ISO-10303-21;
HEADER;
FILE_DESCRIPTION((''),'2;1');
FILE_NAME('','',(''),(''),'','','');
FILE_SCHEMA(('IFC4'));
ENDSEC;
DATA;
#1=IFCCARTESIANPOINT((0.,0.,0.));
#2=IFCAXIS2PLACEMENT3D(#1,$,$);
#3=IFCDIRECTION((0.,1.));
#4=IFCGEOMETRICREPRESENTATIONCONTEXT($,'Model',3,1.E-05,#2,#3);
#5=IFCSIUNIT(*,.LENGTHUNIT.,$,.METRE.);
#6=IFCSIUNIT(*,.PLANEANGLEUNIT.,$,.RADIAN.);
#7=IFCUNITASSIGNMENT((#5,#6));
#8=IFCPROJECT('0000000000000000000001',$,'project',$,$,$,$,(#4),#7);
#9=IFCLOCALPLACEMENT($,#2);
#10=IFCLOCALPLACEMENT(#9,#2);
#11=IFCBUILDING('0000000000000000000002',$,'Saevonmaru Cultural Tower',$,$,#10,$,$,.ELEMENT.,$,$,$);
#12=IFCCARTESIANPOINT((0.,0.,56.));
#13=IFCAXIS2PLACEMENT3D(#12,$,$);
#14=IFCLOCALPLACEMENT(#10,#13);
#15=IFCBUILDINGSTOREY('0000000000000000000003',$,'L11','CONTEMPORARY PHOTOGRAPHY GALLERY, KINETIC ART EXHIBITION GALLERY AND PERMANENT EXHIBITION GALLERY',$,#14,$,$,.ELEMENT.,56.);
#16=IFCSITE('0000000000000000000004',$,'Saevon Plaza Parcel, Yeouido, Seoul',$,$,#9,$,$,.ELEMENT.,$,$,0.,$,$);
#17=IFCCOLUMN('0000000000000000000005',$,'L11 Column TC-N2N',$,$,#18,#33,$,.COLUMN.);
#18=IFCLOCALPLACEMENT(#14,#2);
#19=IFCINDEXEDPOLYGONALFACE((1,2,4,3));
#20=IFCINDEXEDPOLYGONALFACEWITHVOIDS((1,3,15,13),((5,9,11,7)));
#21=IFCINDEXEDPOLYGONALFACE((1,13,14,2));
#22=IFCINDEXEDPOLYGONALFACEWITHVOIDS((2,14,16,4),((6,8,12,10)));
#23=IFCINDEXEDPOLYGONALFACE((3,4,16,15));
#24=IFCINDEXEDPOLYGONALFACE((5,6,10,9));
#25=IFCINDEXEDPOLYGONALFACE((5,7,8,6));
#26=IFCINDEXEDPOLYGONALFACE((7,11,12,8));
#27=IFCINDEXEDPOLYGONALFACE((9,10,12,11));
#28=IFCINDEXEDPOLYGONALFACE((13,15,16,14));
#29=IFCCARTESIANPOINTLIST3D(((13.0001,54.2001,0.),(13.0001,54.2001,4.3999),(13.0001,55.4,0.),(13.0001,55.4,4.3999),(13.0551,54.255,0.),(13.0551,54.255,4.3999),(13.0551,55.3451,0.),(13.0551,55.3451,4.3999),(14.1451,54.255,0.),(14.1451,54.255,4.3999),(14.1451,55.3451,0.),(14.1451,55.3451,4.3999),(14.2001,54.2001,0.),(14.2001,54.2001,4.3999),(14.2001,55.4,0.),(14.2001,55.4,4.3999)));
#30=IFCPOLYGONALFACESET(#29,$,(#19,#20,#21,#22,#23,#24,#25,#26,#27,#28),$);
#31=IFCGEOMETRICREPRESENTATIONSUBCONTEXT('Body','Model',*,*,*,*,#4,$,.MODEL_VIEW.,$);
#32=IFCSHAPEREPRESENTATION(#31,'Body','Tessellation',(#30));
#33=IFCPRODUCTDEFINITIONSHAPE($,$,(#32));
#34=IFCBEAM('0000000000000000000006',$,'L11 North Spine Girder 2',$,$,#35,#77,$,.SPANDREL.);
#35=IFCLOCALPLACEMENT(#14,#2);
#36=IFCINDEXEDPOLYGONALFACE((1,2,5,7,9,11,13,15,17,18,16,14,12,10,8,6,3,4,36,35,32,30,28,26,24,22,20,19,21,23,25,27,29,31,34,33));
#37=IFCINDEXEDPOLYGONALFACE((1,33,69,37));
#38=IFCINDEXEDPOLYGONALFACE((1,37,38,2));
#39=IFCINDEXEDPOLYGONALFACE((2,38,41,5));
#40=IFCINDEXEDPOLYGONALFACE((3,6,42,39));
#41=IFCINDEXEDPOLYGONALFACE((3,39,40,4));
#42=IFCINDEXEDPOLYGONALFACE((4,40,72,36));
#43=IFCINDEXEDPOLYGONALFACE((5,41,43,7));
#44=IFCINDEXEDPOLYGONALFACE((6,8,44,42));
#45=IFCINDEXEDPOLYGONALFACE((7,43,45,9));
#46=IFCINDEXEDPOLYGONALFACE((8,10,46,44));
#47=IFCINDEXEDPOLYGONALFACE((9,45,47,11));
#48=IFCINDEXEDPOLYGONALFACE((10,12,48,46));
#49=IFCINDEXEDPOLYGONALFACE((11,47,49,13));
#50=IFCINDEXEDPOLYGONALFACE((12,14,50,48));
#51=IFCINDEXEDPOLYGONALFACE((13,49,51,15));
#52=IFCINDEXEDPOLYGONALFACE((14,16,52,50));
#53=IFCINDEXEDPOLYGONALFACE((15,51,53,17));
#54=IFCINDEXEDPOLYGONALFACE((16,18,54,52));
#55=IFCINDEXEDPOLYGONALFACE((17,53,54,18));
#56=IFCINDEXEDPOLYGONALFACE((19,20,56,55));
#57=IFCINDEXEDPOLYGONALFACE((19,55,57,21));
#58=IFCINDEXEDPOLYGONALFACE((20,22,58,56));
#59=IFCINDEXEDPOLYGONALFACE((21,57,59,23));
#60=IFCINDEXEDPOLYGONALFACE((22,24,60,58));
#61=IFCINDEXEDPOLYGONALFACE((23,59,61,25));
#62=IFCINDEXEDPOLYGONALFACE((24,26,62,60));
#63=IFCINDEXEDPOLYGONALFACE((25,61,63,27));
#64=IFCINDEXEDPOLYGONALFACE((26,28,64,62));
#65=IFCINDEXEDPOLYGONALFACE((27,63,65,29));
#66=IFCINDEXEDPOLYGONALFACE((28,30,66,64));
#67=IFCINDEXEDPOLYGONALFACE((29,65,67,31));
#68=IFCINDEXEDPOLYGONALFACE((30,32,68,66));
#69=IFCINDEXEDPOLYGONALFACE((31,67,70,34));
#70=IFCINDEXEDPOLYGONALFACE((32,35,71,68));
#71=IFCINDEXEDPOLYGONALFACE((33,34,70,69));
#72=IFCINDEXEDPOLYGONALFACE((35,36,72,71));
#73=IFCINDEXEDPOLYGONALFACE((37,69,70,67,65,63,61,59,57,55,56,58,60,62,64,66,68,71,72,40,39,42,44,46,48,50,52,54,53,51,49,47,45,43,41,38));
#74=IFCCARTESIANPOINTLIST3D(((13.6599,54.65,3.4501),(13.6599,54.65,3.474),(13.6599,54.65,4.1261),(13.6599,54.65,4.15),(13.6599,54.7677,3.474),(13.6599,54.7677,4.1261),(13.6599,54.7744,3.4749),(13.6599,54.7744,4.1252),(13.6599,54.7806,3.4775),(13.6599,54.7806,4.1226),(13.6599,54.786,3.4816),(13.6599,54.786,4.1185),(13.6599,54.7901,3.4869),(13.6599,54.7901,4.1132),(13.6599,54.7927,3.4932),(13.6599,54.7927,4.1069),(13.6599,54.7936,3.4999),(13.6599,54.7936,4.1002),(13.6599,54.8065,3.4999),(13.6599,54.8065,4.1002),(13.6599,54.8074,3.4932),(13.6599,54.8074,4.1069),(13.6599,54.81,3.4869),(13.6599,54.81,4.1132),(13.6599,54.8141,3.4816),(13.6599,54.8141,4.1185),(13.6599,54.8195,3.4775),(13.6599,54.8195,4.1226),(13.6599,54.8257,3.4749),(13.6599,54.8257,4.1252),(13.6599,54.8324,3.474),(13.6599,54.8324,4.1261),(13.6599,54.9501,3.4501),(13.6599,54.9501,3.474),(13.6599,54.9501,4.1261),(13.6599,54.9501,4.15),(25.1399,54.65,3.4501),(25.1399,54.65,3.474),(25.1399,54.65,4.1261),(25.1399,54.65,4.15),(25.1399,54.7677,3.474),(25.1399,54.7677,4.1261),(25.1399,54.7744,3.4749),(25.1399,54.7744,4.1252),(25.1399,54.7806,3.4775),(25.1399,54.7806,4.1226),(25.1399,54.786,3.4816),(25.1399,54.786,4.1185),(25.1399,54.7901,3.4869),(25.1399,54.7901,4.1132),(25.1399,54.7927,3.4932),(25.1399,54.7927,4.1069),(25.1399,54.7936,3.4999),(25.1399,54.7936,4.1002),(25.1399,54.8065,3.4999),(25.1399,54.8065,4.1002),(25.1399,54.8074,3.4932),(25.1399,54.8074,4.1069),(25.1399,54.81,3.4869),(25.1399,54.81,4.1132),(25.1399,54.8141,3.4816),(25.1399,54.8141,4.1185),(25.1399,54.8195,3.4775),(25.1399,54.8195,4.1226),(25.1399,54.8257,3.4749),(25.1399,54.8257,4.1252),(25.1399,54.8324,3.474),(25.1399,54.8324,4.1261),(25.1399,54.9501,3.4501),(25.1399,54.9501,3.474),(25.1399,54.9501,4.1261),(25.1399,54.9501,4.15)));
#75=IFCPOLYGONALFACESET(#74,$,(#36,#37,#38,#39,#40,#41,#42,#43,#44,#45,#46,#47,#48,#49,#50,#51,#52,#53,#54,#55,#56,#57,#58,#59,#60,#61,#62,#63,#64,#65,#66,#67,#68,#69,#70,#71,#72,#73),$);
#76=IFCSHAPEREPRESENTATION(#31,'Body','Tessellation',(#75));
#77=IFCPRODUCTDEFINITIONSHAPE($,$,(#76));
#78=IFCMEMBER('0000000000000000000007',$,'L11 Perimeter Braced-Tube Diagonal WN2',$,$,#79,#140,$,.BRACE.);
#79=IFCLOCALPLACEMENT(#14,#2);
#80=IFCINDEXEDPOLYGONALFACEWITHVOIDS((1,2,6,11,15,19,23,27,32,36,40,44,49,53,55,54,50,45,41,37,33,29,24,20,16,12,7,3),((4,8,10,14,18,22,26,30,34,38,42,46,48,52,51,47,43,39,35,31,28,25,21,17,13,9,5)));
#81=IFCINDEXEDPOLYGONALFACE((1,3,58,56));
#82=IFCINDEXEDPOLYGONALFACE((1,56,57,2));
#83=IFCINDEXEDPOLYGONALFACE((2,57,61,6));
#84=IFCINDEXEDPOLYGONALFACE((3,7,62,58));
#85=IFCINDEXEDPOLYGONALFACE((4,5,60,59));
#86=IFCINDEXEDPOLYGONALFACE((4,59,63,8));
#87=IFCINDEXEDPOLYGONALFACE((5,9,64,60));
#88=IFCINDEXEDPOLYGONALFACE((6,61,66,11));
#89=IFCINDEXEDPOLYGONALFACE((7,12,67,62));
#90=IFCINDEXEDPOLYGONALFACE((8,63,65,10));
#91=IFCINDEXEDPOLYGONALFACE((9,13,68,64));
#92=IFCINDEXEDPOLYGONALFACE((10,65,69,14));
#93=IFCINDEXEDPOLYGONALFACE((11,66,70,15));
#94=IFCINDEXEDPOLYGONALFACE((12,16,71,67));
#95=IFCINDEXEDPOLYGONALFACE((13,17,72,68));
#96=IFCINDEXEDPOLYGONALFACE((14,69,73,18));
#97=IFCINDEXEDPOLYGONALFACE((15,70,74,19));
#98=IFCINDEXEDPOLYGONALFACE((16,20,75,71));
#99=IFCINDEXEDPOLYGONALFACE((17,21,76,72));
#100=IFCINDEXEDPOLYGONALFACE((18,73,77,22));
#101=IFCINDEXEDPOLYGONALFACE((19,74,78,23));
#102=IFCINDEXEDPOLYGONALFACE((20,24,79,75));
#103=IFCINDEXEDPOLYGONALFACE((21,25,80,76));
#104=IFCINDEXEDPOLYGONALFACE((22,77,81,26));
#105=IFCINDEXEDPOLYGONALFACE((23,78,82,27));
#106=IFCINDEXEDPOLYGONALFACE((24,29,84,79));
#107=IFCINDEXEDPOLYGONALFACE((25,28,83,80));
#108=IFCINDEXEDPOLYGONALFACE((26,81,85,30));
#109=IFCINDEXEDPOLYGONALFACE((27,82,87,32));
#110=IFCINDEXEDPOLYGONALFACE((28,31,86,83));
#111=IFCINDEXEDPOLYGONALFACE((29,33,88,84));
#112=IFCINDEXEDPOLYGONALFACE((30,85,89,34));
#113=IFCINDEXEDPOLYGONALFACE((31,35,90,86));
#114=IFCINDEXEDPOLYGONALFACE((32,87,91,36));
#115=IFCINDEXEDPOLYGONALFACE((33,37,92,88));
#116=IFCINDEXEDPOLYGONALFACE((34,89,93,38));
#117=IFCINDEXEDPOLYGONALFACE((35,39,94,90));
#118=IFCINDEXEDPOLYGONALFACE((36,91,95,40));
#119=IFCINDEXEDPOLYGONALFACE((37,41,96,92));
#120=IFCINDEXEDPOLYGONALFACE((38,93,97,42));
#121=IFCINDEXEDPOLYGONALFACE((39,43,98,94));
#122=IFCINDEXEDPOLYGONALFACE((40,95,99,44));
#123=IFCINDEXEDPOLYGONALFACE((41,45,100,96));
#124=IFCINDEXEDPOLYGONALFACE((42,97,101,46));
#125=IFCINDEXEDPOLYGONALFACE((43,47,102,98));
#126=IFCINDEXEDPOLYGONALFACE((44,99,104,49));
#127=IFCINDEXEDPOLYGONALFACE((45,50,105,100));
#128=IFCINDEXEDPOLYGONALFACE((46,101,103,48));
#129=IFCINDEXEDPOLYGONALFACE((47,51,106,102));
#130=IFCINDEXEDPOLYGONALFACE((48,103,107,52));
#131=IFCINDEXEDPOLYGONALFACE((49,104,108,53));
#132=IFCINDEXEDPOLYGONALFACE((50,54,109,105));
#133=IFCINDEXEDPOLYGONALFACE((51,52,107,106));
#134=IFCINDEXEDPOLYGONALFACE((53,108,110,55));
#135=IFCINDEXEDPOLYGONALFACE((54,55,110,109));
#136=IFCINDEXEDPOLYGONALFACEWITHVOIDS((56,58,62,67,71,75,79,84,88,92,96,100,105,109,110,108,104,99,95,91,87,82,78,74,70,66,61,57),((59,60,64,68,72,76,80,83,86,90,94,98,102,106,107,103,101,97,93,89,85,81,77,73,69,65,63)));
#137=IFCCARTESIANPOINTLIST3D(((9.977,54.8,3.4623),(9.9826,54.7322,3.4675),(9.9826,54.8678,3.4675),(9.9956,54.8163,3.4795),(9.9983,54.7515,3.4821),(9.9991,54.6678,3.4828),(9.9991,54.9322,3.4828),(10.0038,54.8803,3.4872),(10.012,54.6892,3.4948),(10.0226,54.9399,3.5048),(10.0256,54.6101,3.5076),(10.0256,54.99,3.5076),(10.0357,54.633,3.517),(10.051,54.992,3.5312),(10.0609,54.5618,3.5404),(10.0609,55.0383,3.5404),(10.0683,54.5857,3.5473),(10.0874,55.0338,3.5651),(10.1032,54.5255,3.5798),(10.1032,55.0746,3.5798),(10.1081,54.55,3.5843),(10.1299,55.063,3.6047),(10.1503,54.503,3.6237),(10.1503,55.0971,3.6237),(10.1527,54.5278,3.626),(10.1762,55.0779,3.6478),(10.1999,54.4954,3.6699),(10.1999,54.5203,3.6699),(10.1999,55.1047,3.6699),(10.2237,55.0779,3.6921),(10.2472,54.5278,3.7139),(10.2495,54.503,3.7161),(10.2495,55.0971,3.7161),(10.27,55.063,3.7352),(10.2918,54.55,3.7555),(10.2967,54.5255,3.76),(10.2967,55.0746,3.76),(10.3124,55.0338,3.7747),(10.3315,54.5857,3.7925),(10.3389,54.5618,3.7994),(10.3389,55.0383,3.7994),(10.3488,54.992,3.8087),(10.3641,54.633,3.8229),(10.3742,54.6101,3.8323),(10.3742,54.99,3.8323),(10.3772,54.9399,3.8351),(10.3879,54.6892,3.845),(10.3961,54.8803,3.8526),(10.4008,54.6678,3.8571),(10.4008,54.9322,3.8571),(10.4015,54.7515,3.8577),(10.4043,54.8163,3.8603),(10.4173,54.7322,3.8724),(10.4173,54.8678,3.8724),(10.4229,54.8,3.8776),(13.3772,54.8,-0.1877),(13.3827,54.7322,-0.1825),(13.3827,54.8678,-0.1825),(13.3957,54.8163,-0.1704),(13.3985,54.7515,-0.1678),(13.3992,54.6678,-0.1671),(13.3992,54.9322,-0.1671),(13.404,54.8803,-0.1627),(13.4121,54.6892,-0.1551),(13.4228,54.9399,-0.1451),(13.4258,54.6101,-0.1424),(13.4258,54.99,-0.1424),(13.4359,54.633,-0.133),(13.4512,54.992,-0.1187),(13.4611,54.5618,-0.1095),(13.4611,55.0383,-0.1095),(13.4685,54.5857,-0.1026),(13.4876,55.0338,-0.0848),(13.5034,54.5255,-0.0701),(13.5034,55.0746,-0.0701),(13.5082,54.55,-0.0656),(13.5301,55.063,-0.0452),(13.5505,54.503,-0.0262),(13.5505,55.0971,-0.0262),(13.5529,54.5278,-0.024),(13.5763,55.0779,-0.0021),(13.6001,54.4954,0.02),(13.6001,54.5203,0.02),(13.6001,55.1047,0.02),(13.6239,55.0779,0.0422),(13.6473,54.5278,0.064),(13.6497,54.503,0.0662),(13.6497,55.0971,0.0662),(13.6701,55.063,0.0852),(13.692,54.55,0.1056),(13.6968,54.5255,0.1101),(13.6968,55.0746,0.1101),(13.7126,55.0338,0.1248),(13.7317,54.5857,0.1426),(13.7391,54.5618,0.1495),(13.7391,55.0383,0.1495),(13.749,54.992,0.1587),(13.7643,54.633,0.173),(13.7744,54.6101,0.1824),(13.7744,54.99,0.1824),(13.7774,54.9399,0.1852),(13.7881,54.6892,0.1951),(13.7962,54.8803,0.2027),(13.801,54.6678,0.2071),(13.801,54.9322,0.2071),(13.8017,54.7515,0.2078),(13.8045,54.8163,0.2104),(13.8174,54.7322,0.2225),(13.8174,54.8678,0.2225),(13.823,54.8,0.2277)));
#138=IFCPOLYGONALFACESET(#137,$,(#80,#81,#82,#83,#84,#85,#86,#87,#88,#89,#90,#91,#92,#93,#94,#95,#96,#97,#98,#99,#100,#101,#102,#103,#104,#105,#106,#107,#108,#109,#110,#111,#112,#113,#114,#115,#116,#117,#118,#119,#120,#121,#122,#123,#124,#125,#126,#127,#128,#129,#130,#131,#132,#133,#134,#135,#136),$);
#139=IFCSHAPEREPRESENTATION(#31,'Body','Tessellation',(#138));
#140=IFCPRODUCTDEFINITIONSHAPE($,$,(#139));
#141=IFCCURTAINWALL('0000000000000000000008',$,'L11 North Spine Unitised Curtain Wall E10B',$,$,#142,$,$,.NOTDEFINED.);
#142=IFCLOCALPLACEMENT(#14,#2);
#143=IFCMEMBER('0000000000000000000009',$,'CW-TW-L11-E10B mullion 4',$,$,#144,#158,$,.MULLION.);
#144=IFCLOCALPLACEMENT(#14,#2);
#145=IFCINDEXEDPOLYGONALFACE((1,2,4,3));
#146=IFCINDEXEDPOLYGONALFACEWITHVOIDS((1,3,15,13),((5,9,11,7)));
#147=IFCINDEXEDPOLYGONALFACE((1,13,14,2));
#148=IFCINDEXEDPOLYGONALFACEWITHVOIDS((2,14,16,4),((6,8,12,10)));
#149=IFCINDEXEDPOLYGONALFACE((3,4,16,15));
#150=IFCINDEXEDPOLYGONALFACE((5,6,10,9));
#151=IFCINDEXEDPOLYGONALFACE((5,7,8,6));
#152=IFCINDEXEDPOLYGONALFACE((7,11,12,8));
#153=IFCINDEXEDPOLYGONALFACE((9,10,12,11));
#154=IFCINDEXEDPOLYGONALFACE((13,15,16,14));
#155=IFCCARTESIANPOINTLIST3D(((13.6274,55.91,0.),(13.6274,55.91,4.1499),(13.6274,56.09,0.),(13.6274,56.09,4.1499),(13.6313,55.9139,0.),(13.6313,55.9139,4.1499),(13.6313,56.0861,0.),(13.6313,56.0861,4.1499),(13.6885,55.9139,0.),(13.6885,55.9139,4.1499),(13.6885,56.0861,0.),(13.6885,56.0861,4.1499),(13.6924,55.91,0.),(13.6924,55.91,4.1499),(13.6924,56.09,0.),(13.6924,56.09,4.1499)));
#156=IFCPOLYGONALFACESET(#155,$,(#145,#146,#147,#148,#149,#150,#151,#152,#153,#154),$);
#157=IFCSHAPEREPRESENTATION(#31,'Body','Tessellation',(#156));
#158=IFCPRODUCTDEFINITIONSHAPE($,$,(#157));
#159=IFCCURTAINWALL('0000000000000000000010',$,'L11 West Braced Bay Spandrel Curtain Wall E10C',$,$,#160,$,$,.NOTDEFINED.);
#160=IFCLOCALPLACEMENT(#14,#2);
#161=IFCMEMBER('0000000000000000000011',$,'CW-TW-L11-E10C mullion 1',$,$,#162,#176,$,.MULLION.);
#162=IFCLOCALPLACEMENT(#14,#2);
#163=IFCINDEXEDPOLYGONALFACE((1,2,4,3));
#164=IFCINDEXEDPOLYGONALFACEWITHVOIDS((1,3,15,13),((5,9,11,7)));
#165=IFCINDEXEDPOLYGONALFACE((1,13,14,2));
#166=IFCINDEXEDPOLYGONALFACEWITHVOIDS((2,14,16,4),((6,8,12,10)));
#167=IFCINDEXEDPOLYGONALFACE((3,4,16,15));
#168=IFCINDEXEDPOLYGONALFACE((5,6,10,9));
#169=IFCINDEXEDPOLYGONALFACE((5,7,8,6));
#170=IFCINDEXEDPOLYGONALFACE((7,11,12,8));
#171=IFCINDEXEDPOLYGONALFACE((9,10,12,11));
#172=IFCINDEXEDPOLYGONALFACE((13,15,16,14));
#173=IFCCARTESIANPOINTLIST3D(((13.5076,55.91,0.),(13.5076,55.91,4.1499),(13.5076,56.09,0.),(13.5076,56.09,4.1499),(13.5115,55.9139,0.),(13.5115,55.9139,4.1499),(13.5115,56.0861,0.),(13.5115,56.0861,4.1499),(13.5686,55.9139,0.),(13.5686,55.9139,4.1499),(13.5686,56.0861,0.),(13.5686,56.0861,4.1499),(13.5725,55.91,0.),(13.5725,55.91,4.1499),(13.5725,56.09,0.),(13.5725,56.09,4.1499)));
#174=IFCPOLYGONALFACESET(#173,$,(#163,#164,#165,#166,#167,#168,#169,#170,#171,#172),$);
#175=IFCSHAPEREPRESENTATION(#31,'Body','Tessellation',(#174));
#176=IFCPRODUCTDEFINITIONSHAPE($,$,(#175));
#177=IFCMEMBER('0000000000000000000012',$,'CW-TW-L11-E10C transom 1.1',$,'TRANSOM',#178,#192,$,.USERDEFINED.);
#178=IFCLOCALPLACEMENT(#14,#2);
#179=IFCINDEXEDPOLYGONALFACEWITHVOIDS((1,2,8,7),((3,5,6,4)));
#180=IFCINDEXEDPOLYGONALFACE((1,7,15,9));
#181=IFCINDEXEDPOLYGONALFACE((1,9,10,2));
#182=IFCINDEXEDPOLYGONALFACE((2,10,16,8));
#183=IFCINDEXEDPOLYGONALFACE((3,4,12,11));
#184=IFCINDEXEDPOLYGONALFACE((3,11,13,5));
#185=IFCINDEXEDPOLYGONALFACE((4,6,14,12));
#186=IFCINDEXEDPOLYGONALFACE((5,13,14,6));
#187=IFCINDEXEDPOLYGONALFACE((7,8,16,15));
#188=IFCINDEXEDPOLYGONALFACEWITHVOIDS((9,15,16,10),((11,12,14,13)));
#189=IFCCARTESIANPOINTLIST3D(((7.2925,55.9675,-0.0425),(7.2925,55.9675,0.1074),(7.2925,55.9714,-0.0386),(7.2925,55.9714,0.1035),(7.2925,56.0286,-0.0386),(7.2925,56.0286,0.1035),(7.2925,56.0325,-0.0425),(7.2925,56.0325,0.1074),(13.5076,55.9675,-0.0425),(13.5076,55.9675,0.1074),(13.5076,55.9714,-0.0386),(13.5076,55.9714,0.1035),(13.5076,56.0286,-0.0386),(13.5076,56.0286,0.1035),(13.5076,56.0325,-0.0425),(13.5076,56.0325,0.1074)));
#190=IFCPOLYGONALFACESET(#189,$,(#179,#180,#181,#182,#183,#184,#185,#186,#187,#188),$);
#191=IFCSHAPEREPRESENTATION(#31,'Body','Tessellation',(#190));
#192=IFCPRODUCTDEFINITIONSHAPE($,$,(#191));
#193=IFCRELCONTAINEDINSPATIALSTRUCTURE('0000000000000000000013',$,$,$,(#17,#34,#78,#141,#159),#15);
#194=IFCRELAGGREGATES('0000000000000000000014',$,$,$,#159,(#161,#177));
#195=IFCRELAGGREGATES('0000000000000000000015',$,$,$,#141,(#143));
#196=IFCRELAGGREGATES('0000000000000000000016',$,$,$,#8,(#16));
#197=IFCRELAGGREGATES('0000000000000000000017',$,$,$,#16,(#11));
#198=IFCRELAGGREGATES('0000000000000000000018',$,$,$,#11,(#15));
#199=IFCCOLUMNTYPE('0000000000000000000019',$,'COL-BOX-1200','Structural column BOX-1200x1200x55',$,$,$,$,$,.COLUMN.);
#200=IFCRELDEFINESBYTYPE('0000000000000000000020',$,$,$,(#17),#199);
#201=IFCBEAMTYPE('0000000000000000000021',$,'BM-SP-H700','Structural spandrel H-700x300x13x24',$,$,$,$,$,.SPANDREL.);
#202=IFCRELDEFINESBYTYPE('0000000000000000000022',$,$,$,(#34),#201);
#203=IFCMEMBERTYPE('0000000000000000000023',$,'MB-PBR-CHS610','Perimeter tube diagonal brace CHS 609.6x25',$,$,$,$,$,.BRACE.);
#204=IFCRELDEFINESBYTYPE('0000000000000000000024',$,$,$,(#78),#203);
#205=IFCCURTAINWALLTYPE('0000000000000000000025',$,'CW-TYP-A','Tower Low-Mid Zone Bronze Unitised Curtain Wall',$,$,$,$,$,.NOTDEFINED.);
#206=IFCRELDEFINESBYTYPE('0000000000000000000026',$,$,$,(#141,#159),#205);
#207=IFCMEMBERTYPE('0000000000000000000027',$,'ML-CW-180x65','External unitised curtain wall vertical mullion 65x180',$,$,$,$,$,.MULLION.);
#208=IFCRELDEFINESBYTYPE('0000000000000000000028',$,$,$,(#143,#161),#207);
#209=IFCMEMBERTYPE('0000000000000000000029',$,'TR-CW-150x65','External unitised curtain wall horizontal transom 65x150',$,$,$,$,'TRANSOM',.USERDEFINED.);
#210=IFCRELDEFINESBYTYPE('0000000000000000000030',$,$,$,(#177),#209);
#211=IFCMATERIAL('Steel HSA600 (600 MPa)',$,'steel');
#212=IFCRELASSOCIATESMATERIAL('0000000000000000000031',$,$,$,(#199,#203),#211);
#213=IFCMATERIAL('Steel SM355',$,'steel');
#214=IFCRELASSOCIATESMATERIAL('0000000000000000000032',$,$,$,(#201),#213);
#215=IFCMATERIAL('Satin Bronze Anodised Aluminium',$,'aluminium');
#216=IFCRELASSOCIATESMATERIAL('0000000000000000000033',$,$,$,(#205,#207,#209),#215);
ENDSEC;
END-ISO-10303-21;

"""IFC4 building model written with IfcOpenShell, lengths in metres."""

from ifc_helpers import new_model, si_unit, direction, frame, origin, origin_2d, place, context, subcontext, project, spatial, hollow_rectangle, hollow_circle, i_section, extrude, material, material_profile, profile_set, type_object, element, aggregate, save


model = new_model("IFC4")

# Units and contexts
model_context = context("Model", 3, precision=1e-05, world=origin(), true_north=direction((0.0, 1.0)))
body_context = subcontext(model_context, "Body", "Model", "MODEL_VIEW")
ifc_project = project(units=[si_unit("LENGTHUNIT", "METRE"), si_unit("PLANEANGLEUNIT", "RADIAN")], contexts=[model_context])

# Site, building, storey
site_placement = place(None, origin())
site = spatial("IfcSite", under=ifc_project, at=site_placement, Name="Saevon Plaza Parcel, Yeouido, Seoul", CompositionType="ELEMENT", RefElevation=0.0)
building_placement = place(site_placement, origin())
building = spatial("IfcBuilding", under=site, at=building_placement, Name="Saevonmaru Cultural Tower", CompositionType="ELEMENT")
storey_placement = place(building_placement, frame((0.0, 0.0, 56.0)))
storey = spatial("IfcBuildingStorey", under=building, at=storey_placement, Name="L11", Description="CONTEMPORARY PHOTOGRAPHY GALLERY, KINETIC ART EXHIBITION GALLERY AND PERMANENT EXHIBITION GALLERY", CompositionType="ELEMENT", Elevation=56.0)

# Column
ifc_material_1 = material(Name="Steel HSA600 (600 MPa)", Category="steel")
ifc_material_profile_1 = material_profile(ifc_material_1, hollow_rectangle(XDim=1.2, YDim=1.2, WallThickness=0.0549, at=origin_2d()), Name="BOX-1200x1200x55")
ifc_profile_set_1 = profile_set([ifc_material_profile_1], Name="Steel HSA600 (600 MPa)")
column_type = type_object("IfcColumnType", Name="COL-BOX-1200", Description="Structural column BOX-1200x1200x55", PredefinedType="COLUMN", material=ifc_profile_set_1)
column_placement = place(storey_placement, frame((13.6001, 54.8, 0.0), z_axis=(0.0, 0.0, 1.0), x_axis=(1.0, 0.0, 0.0)))
element("IfcColumn", 1, at=column_placement, inside=storey, type_object=column_type, Name="L11 Column TC-N2N", PredefinedType="COLUMN", context=body_context, shape_type="SweptSolid", body=[
    extrude(hollow_rectangle(XDim=1.2, YDim=1.2, WallThickness=0.0549, at=origin_2d()), origin(), (0.0, 0.0, 1.0), 4.3999),
])

# Beam
ifc_material_2 = material(Name="Steel SM355", Category="steel")
ifc_material_profile_2 = material_profile(ifc_material_2, i_section(OverallWidth=0.3, OverallDepth=0.7, WebThickness=0.0129, FlangeThickness=0.0239, FilletRadius=0.0259, at=origin_2d()), Name="H-700x300x13x24")
ifc_profile_set_2 = profile_set([ifc_material_profile_2], Name="Steel SM355")
beam_type = type_object("IfcBeamType", Name="BM-SP-H700", Description="Structural spandrel H-700x300x13x24", PredefinedType="SPANDREL", material=ifc_profile_set_2)
beam_placement = place(storey_placement, frame((13.6599, 54.8, 3.8), z_axis=(1.0, 0.0, 0.0), x_axis=(0.0, 1.0, 0.0)))
element("IfcBeam", 2, at=beam_placement, inside=storey, type_object=beam_type, Name="L11 North Spine Girder 2", PredefinedType="SPANDREL", context=body_context, shape_type="SweptSolid", body=[
    extrude(i_section(OverallWidth=0.3, OverallDepth=0.7, WebThickness=0.0129, FlangeThickness=0.0239, FilletRadius=0.0259, at=origin_2d()), origin(), (0.0, 0.0, 1.0), 11.48),
])

# Member
ifc_material_profile_3 = material_profile(ifc_material_1, hollow_circle(Radius=0.3047, WallThickness=0.0249, at=origin_2d()), Name="CHS-609.6x25")
ifc_profile_set_3 = profile_set([ifc_material_profile_3], Name="Steel HSA600 (600 MPa)")
member_type_1 = type_object("IfcMemberType", Name="MB-PBR-CHS610", Description="Perimeter tube diagonal brace CHS 609.6x25", PredefinedType="BRACE", material=ifc_profile_set_3)
member_1_placement = place(storey_placement, frame((13.6001, 54.8, 0.02), z_axis=(-0.681629, 0.0, 0.731698), x_axis=(0.0, -1.0, 0.0)))
element("IfcMember", 3, at=member_1_placement, inside=storey, type_object=member_type_1, Name="L11 Perimeter Braced-Tube Diagonal WN2", PredefinedType="BRACE", context=body_context, shape_type="SweptSolid", body=[
    extrude(hollow_circle(Radius=0.3047, WallThickness=0.0249, at=origin_2d()), origin(), (0.0, 0.0, 1.0), 4.9883),
])

# Curtain wall, member
ifc_material_3 = material(Name="Satin Bronze Anodised Aluminium", Category="aluminium")
curtain_wall_type = type_object("IfcCurtainWallType", Name="CW-TYP-A", Description="Tower Low-Mid Zone Bronze Unitised Curtain Wall", PredefinedType="NOTDEFINED", material=ifc_material_3)
curtain_wall_1_placement = place(storey_placement, origin())
curtain_wall_1 = element("IfcCurtainWall", 4, at=curtain_wall_1_placement, inside=storey, type_object=curtain_wall_type, Name="L11 North Spine Unitised Curtain Wall E10B", PredefinedType="NOTDEFINED")
ifc_material_profile_4 = material_profile(ifc_material_3, hollow_rectangle(XDim=0.0649, YDim=0.1799, WallThickness=0.0039, at=origin_2d()), Name="ALU-MULL-180x65x4")
ifc_profile_set_4 = profile_set([ifc_material_profile_4], Name="Satin Bronze Anodised Aluminium")
member_type_2 = type_object("IfcMemberType", Name="ML-CW-180x65", Description="External unitised curtain wall vertical mullion 65x180", PredefinedType="MULLION", material=ifc_profile_set_4)
member_2_placement = place(storey_placement, frame((13.6599, 56.0, 0.0), z_axis=(0.0, 0.0, 1.0), x_axis=(-1.0, 0.0, 0.0)))
member_2 = element("IfcMember", 5, at=member_2_placement, type_object=member_type_2, Name="CW-TW-L11-E10B mullion 4", PredefinedType="MULLION", context=body_context, shape_type="SweptSolid", body=[
    extrude(hollow_rectangle(XDim=0.0649, YDim=0.1799, WallThickness=0.0039, at=origin_2d()), origin(), (0.0, 0.0, 1.0), 4.1499),
])

# Curtain wall, members
curtain_wall_2_placement = place(storey_placement, origin())
curtain_wall_2 = element("IfcCurtainWall", 6, at=curtain_wall_2_placement, inside=storey, type_object=curtain_wall_type, Name="L11 West Braced Bay Spandrel Curtain Wall E10C", PredefinedType="NOTDEFINED")
member_3_placement = place(storey_placement, frame((13.54, 56.0, 0.0), z_axis=(0.0, 0.0, 1.0), x_axis=(-1.0, 0.0, 0.0)))
member_3 = element("IfcMember", 7, at=member_3_placement, type_object=member_type_2, Name="CW-TW-L11-E10C mullion 1", PredefinedType="MULLION", context=body_context, shape_type="SweptSolid", body=[
    extrude(hollow_rectangle(XDim=0.0649, YDim=0.1799, WallThickness=0.0039, at=origin_2d()), origin(), (0.0, 0.0, 1.0), 4.1499),
])
ifc_material_profile_5 = material_profile(ifc_material_3, hollow_rectangle(XDim=0.0649, YDim=0.1499, WallThickness=0.0039, at=origin_2d()), Name="ALU-TRAN-150x65x4")
ifc_profile_set_5 = profile_set([ifc_material_profile_5], Name="Satin Bronze Anodised Aluminium")
member_type_3 = type_object("IfcMemberType", Name="TR-CW-150x65", Description="External unitised curtain wall horizontal transom 65x150", ElementType="TRANSOM", PredefinedType="USERDEFINED", material=ifc_profile_set_5)
member_4_placement = place(storey_placement, frame((13.5076, 56.0, 0.0325), z_axis=(-1.0, 0.0, 0.0), x_axis=(0.0, -1.0, 0.0)))
member_4 = element("IfcMember", 8, at=member_4_placement, type_object=member_type_3, Name="CW-TW-L11-E10C transom 1.1", ObjectType="TRANSOM", PredefinedType="USERDEFINED", context=body_context, shape_type="SweptSolid", body=[
    extrude(hollow_rectangle(XDim=0.0649, YDim=0.1499, WallThickness=0.0039, at=origin_2d()), origin(), (0.0, 0.0, 1.0), 6.2151),
])
aggregate(curtain_wall_2, [member_3, member_4])

aggregate(curtain_wall_1, [member_2])

save(model, "model.ifc")
